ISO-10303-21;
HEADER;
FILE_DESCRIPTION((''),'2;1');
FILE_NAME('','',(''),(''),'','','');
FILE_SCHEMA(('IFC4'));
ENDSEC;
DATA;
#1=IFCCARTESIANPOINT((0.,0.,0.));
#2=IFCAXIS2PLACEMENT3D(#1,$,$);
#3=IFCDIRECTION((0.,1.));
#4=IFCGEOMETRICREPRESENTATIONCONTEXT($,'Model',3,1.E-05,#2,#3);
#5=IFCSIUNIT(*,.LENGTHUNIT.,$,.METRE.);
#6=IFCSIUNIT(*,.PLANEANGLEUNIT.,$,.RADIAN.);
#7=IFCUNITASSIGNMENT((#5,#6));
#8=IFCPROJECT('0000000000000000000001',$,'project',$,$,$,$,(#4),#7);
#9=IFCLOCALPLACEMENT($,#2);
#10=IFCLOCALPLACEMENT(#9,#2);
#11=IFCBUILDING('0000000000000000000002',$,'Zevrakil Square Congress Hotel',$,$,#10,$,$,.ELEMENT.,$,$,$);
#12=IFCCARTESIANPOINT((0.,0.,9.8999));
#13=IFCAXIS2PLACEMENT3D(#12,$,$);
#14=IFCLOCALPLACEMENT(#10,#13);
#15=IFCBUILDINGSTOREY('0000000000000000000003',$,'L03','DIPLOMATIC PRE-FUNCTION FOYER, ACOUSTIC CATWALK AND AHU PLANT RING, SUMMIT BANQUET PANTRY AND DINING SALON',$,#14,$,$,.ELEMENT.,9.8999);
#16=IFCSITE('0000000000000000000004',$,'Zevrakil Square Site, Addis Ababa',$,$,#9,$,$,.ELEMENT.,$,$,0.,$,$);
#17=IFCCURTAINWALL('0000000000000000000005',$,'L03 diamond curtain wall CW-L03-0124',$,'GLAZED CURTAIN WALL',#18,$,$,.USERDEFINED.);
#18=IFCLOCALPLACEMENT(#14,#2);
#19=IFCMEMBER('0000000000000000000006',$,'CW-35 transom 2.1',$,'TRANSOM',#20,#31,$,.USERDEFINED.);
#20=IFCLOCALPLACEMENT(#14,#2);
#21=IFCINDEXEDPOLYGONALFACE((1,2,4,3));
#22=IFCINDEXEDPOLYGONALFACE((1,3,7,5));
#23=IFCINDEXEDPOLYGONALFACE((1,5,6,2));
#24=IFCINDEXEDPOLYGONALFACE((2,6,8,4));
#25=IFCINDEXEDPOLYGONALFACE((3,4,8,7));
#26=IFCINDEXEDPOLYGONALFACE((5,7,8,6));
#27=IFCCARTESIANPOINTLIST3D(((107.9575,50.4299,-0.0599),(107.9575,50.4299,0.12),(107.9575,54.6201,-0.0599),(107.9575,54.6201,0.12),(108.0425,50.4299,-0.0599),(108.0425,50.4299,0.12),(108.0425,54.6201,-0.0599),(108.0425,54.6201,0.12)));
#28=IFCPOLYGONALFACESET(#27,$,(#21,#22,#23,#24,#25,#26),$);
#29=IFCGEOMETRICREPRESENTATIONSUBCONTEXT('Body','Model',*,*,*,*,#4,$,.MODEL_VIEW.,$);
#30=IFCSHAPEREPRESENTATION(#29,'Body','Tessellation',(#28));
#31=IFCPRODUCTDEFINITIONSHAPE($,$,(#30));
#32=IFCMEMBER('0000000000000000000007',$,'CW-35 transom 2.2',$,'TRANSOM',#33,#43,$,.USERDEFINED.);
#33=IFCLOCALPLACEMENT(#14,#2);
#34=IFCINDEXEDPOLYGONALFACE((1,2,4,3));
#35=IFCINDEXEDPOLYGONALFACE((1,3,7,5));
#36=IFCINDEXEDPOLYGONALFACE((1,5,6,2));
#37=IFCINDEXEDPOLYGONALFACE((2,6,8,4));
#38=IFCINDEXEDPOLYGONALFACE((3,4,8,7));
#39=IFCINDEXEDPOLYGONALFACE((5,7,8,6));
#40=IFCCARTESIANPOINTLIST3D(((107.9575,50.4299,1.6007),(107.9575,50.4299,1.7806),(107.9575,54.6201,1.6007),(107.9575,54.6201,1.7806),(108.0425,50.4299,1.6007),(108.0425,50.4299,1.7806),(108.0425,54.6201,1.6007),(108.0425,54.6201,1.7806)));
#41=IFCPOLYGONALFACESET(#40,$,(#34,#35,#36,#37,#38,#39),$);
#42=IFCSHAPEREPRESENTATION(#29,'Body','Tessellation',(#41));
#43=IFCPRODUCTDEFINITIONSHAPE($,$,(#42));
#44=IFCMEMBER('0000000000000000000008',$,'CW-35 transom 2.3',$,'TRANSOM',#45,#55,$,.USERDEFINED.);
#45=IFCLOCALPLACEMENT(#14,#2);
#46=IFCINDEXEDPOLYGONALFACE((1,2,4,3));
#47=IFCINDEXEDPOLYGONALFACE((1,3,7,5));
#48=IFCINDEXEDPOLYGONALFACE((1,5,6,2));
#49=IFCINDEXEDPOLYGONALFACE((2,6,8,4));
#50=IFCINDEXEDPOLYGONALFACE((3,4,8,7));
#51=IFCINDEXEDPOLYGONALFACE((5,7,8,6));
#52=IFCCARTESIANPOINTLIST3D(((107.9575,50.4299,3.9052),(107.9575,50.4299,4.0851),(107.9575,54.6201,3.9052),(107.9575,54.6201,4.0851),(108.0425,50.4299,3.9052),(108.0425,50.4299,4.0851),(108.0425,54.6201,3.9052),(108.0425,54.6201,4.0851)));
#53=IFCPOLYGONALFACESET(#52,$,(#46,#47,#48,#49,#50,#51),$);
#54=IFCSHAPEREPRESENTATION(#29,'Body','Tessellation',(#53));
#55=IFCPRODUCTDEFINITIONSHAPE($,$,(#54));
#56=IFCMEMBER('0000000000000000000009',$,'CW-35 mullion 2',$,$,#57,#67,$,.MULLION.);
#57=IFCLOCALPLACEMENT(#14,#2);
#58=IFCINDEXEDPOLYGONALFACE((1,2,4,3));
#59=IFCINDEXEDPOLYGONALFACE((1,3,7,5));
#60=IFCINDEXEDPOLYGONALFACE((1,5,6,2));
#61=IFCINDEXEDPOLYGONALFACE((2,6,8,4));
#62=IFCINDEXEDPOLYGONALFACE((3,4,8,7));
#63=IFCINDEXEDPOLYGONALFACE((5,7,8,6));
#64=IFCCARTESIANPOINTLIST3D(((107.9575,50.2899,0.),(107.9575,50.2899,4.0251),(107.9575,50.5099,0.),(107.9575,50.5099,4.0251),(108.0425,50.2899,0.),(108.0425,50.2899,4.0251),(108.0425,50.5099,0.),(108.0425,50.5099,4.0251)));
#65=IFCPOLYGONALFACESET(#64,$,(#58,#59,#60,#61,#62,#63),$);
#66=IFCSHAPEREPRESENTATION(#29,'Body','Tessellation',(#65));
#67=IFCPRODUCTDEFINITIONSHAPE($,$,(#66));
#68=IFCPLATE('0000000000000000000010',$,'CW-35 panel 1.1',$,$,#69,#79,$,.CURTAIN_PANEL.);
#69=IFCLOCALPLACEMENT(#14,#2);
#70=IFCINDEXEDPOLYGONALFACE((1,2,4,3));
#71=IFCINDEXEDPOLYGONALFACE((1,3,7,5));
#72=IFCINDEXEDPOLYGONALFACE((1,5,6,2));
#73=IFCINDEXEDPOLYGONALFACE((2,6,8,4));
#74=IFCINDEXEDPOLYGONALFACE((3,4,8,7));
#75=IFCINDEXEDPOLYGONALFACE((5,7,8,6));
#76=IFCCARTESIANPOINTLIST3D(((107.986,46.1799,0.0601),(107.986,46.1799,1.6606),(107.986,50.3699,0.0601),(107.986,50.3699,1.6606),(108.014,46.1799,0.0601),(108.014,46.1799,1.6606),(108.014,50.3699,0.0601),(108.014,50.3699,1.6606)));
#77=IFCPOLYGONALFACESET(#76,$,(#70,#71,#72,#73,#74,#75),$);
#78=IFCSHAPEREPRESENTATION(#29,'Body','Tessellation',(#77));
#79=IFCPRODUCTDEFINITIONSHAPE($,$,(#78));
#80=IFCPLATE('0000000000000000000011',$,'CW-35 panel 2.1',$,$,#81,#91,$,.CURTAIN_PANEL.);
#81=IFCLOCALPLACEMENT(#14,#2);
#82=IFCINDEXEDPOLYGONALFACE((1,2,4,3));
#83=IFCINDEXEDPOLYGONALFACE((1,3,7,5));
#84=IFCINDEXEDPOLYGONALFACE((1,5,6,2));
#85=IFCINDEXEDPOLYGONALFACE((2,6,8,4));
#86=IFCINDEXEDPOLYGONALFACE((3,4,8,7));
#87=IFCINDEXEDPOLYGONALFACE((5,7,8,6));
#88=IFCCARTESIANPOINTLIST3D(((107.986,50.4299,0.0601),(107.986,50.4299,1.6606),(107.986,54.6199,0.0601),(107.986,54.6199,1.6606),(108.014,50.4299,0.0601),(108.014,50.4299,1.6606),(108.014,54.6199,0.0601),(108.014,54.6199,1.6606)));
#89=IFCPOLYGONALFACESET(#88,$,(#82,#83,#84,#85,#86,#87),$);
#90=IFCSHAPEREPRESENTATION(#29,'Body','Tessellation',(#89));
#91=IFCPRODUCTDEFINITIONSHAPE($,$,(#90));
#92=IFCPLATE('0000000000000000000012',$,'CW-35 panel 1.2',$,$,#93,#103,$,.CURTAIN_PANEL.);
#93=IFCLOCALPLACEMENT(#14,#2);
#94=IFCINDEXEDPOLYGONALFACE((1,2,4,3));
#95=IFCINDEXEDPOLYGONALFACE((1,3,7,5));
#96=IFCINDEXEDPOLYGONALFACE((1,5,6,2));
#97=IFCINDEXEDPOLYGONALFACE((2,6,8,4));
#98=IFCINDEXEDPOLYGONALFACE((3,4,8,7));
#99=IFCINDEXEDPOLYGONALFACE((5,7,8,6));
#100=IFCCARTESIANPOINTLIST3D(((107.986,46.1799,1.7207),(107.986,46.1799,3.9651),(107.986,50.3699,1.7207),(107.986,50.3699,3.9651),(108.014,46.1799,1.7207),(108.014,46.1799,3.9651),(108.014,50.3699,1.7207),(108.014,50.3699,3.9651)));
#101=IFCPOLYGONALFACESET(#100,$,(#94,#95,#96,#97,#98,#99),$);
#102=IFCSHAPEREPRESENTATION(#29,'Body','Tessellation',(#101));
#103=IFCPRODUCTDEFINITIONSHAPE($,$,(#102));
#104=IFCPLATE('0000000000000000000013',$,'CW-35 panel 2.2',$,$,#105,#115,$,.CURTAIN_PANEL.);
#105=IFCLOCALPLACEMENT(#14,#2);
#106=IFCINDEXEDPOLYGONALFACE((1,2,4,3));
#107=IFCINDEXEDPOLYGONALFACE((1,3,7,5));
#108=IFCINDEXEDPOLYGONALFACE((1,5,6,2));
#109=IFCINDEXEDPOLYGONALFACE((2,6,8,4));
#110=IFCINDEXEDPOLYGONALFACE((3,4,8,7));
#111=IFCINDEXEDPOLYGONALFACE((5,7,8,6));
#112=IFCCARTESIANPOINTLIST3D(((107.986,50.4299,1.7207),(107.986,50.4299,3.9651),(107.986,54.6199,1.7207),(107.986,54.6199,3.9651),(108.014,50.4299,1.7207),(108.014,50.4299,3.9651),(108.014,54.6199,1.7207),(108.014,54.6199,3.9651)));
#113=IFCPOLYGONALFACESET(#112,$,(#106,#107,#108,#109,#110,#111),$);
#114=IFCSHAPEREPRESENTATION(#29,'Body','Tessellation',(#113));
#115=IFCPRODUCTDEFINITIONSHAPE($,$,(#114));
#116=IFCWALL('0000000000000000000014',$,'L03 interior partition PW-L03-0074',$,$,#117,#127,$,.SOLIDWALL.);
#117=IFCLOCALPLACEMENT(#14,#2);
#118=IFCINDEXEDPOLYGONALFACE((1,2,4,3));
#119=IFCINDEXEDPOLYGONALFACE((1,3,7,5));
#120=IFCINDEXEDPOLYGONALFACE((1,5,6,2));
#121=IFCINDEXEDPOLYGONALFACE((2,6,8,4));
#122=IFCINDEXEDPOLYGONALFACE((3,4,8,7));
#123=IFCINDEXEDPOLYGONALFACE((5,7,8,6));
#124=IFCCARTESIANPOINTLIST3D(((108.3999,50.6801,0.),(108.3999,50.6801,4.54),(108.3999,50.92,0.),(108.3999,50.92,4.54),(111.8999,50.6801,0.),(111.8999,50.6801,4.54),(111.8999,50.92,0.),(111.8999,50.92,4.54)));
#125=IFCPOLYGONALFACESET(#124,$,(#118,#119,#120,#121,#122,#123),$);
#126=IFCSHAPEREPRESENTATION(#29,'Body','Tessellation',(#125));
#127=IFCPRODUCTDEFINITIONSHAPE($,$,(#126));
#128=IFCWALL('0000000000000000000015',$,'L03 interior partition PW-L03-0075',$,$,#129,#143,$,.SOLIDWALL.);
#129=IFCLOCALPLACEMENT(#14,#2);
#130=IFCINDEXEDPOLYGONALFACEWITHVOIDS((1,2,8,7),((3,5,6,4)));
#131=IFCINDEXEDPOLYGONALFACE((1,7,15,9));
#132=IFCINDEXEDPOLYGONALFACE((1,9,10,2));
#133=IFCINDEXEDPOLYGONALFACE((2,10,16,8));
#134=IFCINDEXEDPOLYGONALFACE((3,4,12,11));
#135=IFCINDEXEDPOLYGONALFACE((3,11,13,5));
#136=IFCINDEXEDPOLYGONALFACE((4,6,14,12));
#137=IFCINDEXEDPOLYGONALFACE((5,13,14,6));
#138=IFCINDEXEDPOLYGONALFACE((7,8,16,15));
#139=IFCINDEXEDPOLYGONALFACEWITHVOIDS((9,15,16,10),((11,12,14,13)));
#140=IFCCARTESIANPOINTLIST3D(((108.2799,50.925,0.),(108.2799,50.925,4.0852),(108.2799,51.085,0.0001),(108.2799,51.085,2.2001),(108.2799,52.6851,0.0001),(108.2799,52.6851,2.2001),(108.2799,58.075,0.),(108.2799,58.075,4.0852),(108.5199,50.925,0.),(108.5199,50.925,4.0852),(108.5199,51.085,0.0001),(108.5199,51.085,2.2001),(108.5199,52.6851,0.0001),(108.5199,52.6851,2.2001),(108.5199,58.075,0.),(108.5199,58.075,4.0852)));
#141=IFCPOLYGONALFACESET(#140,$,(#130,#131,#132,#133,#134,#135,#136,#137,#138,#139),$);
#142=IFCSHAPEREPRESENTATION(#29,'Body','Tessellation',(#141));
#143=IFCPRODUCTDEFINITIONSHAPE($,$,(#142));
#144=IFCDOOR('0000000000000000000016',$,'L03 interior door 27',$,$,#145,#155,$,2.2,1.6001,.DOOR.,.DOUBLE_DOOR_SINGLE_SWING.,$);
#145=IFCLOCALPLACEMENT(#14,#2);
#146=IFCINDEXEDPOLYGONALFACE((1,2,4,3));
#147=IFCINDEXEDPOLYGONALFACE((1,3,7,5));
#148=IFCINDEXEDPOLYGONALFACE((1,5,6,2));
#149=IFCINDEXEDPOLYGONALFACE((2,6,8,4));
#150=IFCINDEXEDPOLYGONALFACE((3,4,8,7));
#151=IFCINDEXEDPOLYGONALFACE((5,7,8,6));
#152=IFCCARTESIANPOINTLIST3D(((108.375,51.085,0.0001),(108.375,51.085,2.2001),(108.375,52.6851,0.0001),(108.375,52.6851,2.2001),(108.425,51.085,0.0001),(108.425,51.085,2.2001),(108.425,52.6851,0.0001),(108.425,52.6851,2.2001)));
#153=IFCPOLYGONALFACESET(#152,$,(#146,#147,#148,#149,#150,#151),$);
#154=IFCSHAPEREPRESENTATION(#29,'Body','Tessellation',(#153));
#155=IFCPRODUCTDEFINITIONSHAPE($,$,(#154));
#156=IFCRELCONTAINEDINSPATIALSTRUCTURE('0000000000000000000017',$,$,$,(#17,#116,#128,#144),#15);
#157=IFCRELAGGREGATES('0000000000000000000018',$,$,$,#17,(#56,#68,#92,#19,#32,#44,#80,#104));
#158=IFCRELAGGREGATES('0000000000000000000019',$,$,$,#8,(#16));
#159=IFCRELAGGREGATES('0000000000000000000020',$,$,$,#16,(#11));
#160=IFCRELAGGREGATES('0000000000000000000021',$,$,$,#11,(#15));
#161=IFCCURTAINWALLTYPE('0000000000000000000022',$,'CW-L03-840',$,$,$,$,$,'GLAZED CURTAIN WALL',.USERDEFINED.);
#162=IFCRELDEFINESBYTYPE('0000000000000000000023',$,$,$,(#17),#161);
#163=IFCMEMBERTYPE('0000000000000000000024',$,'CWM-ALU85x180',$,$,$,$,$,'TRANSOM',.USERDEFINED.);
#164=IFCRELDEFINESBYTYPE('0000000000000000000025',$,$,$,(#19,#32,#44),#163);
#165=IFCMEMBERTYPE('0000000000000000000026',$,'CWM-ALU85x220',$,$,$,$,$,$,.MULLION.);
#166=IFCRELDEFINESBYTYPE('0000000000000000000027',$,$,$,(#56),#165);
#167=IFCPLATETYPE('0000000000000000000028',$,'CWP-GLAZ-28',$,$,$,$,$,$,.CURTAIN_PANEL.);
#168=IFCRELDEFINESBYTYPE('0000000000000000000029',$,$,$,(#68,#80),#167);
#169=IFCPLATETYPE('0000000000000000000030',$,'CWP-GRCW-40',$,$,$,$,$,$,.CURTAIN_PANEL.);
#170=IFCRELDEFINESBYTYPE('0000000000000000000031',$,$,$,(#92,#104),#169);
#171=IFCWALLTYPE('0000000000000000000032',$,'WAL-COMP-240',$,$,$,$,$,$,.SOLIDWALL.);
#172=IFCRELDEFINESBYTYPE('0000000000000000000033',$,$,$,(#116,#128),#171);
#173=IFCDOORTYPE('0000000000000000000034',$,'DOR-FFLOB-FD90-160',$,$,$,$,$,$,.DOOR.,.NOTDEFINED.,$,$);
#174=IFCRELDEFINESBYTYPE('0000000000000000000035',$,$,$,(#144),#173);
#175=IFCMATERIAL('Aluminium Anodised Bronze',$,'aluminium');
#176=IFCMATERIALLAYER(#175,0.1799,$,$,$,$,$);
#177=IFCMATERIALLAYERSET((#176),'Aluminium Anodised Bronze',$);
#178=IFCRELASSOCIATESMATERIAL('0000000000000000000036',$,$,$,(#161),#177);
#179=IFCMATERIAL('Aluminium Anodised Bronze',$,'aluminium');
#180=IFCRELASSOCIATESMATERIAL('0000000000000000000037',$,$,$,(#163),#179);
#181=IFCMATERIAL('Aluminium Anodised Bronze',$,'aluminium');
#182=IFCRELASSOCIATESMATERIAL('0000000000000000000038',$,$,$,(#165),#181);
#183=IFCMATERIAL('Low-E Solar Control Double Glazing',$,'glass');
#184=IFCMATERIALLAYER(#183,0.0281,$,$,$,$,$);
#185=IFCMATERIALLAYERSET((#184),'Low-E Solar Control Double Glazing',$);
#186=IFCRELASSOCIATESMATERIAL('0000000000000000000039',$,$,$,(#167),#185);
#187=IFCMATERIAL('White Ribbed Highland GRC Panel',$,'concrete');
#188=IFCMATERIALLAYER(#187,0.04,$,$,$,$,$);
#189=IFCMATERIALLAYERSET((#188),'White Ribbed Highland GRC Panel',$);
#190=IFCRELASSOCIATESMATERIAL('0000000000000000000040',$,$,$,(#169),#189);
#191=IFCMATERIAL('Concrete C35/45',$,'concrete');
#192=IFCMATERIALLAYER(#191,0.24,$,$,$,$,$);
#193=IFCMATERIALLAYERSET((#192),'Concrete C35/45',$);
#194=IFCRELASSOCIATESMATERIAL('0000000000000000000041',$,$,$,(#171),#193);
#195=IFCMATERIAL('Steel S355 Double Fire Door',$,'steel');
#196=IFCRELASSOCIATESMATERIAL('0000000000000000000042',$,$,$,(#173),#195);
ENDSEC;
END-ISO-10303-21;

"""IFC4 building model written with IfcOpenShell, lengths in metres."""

from ifc_helpers import new_model, si_unit, direction, frame, frame_2d, origin, origin_2d, place, context, subcontext, project, spatial, rectangle, extrude, material, layer, layer_set, material_profile, profile_set, type_object, element, fill, aggregate, save


model = new_model("IFC4")

# Units and contexts
model_context = context("Model", 3, precision=1e-05, world=origin(), true_north=direction((0.0, 1.0)))
body_context = subcontext(model_context, "Body", "Model", "MODEL_VIEW")
ifc_project = project(units=[si_unit("LENGTHUNIT", "METRE"), si_unit("PLANEANGLEUNIT", "RADIAN")], contexts=[model_context])

# Site, building, storey
site_placement = place(None, origin())
site = spatial("IfcSite", under=ifc_project, at=site_placement, Name="Zevrakil Square Site, Addis Ababa", CompositionType="ELEMENT", RefElevation=0.0)
building_placement = place(site_placement, origin())
building = spatial("IfcBuilding", under=site, at=building_placement, Name="Zevrakil Square Congress Hotel", CompositionType="ELEMENT")
storey_placement = place(building_placement, frame((0.0, 0.0, 9.8999)))
storey = spatial("IfcBuildingStorey", under=building, at=storey_placement, Name="L03", Description="DIPLOMATIC PRE-FUNCTION FOYER, ACOUSTIC CATWALK AND AHU PLANT RING, SUMMIT BANQUET PANTRY AND DINING SALON", CompositionType="ELEMENT", Elevation=9.8999)

# Curtain wall, members, plates
ifc_material_1 = material(Name="Aluminium Anodised Bronze", Category="aluminium")
ifc_layer_1 = layer(ifc_material_1, 0.1799)
ifc_layer_set_1 = layer_set([ifc_layer_1], Name="Aluminium Anodised Bronze")
curtain_wall_type = type_object("IfcCurtainWallType", Name="CW-L03-840", ElementType="GLAZED CURTAIN WALL", PredefinedType="USERDEFINED", material=ifc_layer_set_1)
curtain_wall_placement = place(storey_placement, origin())
curtain_wall = element("IfcCurtainWall", 1, at=curtain_wall_placement, inside=storey, type_object=curtain_wall_type, Name="L03 diamond curtain wall CW-L03-0124", ObjectType="GLAZED CURTAIN WALL", PredefinedType="USERDEFINED")
ifc_material_2 = material(Name="Aluminium Anodised Bronze", Category="aluminium")
ifc_material_profile_1 = material_profile(ifc_material_2, rectangle(XDim=0.085, YDim=0.1799, at=origin_2d()), Name="ALU 85x180")
ifc_profile_set_1 = profile_set([ifc_material_profile_1], Name="Aluminium Anodised Bronze")
member_type_1 = type_object("IfcMemberType", Name="CWM-ALU85x180", ElementType="TRANSOM", PredefinedType="USERDEFINED", material=ifc_profile_set_1)
member_1_placement = place(storey_placement, frame((108.0, 50.4299, 0.03), z_axis=(0.0, 1.0, 0.0), x_axis=(-1.0, 0.0, 0.0)))
member_1 = element("IfcMember", 2, at=member_1_placement, type_object=member_type_1, Name="CW-35 transom 2.1", ObjectType="TRANSOM", PredefinedType="USERDEFINED", context=body_context, shape_type="SweptSolid", body=[
    extrude(rectangle(XDim=0.085, YDim=0.1799, at=origin_2d()), origin(), (0.0, 0.0, 1.0), 4.1902),
])
member_2_placement = place(storey_placement, frame((108.0, 50.4299, 1.6907), z_axis=(0.0, 1.0, 0.0), x_axis=(-1.0, 0.0, 0.0)))
member_2 = element("IfcMember", 3, at=member_2_placement, type_object=member_type_1, Name="CW-35 transom 2.2", ObjectType="TRANSOM", PredefinedType="USERDEFINED", context=body_context, shape_type="SweptSolid", body=[
    extrude(rectangle(XDim=0.085, YDim=0.1799, at=origin_2d()), origin(), (0.0, 0.0, 1.0), 4.1902),
])
member_3_placement = place(storey_placement, frame((108.0, 50.4299, 3.9951), z_axis=(0.0, 1.0, 0.0), x_axis=(-1.0, 0.0, 0.0)))
member_3 = element("IfcMember", 4, at=member_3_placement, type_object=member_type_1, Name="CW-35 transom 2.3", ObjectType="TRANSOM", PredefinedType="USERDEFINED", context=body_context, shape_type="SweptSolid", body=[
    extrude(rectangle(XDim=0.085, YDim=0.1799, at=origin_2d()), origin(), (0.0, 0.0, 1.0), 4.1902),
])
ifc_material_3 = material(Name="Aluminium Anodised Bronze", Category="aluminium")
ifc_material_profile_2 = material_profile(ifc_material_3, rectangle(XDim=0.085, YDim=0.22, at=origin_2d()), Name="ALU 85x220")
ifc_profile_set_2 = profile_set([ifc_material_profile_2], Name="Aluminium Anodised Bronze")
member_type_2 = type_object("IfcMemberType", Name="CWM-ALU85x220", PredefinedType="MULLION", material=ifc_profile_set_2)
member_4_placement = place(storey_placement, frame((108.0, 50.3999, 0.0), z_axis=(0.0, 0.0, 1.0), x_axis=(-1.0, 0.0, 0.0)))
member_4 = element("IfcMember", 5, at=member_4_placement, type_object=member_type_2, Name="CW-35 mullion 2", PredefinedType="MULLION", context=body_context, shape_type="SweptSolid", body=[
    extrude(rectangle(XDim=0.085, YDim=0.22, at=origin_2d()), origin(), (0.0, 0.0, 1.0), 4.0251),
])
ifc_material_4 = material(Name="Low-E Solar Control Double Glazing", Category="glass")
ifc_layer_2 = layer(ifc_material_4, 0.0281)
ifc_layer_set_2 = layer_set([ifc_layer_2], Name="Low-E Solar Control Double Glazing")
plate_type_1 = type_object("IfcPlateType", Name="CWP-GLAZ-28", PredefinedType="CURTAIN_PANEL", material=ifc_layer_set_2)
plate_1_placement = place(storey_placement, frame((108.0, 48.2749, 0.0601), z_axis=(0.0, 0.0, 1.0), x_axis=(0.0, 1.0, 0.0)))
plate_1 = element("IfcPlate", 6, at=plate_1_placement, type_object=plate_type_1, Name="CW-35 panel 1.1", PredefinedType="CURTAIN_PANEL", context=body_context, shape_type="SweptSolid", body=[
    extrude(rectangle(XDim=4.1899, YDim=0.0281, at=origin_2d()), origin(), (0.0, 0.0, 1.0), 1.6006),
])
plate_2_placement = place(storey_placement, frame((108.0, 52.5249, 0.0601), z_axis=(0.0, 0.0, 1.0), x_axis=(0.0, 1.0, 0.0)))
plate_2 = element("IfcPlate", 7, at=plate_2_placement, type_object=plate_type_1, Name="CW-35 panel 2.1", PredefinedType="CURTAIN_PANEL", context=body_context, shape_type="SweptSolid", body=[
    extrude(rectangle(XDim=4.1899, YDim=0.0281, at=origin_2d()), origin(), (0.0, 0.0, 1.0), 1.6006),
])
ifc_material_5 = material(Name="White Ribbed Highland GRC Panel", Category="concrete")
ifc_layer_3 = layer(ifc_material_5, 0.04)
ifc_layer_set_3 = layer_set([ifc_layer_3], Name="White Ribbed Highland GRC Panel")
plate_type_2 = type_object("IfcPlateType", Name="CWP-GRCW-40", PredefinedType="CURTAIN_PANEL", material=ifc_layer_set_3)
plate_3_placement = place(storey_placement, frame((108.0, 48.2749, 1.7207), z_axis=(0.0, 0.0, 1.0), x_axis=(0.0, 1.0, 0.0)))
plate_3 = element("IfcPlate", 8, at=plate_3_placement, type_object=plate_type_2, Name="CW-35 panel 1.2", PredefinedType="CURTAIN_PANEL", context=body_context, shape_type="SweptSolid", body=[
    extrude(rectangle(XDim=4.1899, YDim=0.0281, at=origin_2d()), origin(), (0.0, 0.0, 1.0), 2.2444),
])
plate_4_placement = place(storey_placement, frame((108.0, 52.5249, 1.7207), z_axis=(0.0, 0.0, 1.0), x_axis=(0.0, 1.0, 0.0)))
plate_4 = element("IfcPlate", 9, at=plate_4_placement, type_object=plate_type_2, Name="CW-35 panel 2.2", PredefinedType="CURTAIN_PANEL", context=body_context, shape_type="SweptSolid", body=[
    extrude(rectangle(XDim=4.1899, YDim=0.0281, at=origin_2d()), origin(), (0.0, 0.0, 1.0), 2.2444),
])
aggregate(curtain_wall, [member_4, plate_1, plate_3, member_1, member_2, member_3, plate_2, plate_4])

# Wall
ifc_material_6 = material(Name="Concrete C35/45", Category="concrete")
ifc_layer_4 = layer(ifc_material_6, 0.24)
ifc_layer_set_4 = layer_set([ifc_layer_4], Name="Concrete C35/45")
wall_type_1 = type_object("IfcWallType", Name="WAL-COMP-240", PredefinedType="SOLIDWALL", material=ifc_layer_set_4)
wall_1_placement = place(storey_placement, frame((108.3999, 50.8, 0.0), z_axis=(0.0, 0.0, 1.0), x_axis=(1.0, 0.0, 0.0)))
element("IfcWall", 10, at=wall_1_placement, inside=storey, type_object=wall_type_1, Name="L03 interior partition PW-L03-0074", PredefinedType="SOLIDWALL", context=body_context, shape_type="SweptSolid", body=[
    extrude(rectangle(XDim=3.5, YDim=0.24, at=frame_2d((1.75, 0.0))), origin(), (0.0, 0.0, 1.0), 4.54),
])

# Wall, opening, door
wall_2_placement = place(storey_placement, frame((108.3999, 50.925, 0.0), z_axis=(0.0, 0.0, 1.0), x_axis=(0.0, 1.0, 0.0)))
wall_2 = element("IfcWall", 11, at=wall_2_placement, inside=storey, type_object=wall_type_1, Name="L03 interior partition PW-L03-0075", PredefinedType="SOLIDWALL", context=body_context, shape_type="SweptSolid", body=[
    extrude(rectangle(XDim=7.1499, YDim=0.24, at=frame_2d((3.575, 0.0))), origin(), (0.0, 0.0, 1.0), 4.0852),
])
opening_1_placement = place(wall_2_placement, frame((0.1599, 0.0, 0.0)))
opening_1 = element("IfcOpeningElement", 12, at=opening_1_placement, cuts=wall_2, PredefinedType="OPENING", context=body_context, shape_type="SweptSolid", body=[
    extrude(rectangle(XDim=1.6001, YDim=2.2, at=frame_2d((0.8, 1.1001))), frame((0.0, 0.1299, 0.0), z_axis=(0.0, -1.0, 0.0), x_axis=(1.0, 0.0, 0.0)), (0.0, 0.0, 1.0), 0.26),
])
ifc_material_7 = material(Name="Steel S355 Double Fire Door", Category="steel")
door_type_1 = type_object("IfcDoorType", Name="DOR-FFLOB-FD90-160", OperationType="NOTDEFINED", PredefinedType="DOOR", material=ifc_material_7)
door_1_placement = place(opening_1_placement, origin())
door_1 = element("IfcDoor", 13, at=door_1_placement, inside=storey, type_object=door_type_1, Name="L03 interior door 27", OperationType="DOUBLE_DOOR_SINGLE_SWING", OverallHeight=2.2, OverallWidth=1.6001, PredefinedType="DOOR", context=body_context, shape_type="SweptSolid", body=[
    extrude(rectangle(XDim=1.6001, YDim=2.2, at=frame_2d((0.8, 1.1001))), frame((0.0, 0.0249, 0.0), z_axis=(0.0, -1.0, 0.0), x_axis=(1.0, 0.0, 0.0)), (0.0, 0.0, 1.0), 0.05),
])
fill(opening_1, door_1)

save(model, "model.ifc")
